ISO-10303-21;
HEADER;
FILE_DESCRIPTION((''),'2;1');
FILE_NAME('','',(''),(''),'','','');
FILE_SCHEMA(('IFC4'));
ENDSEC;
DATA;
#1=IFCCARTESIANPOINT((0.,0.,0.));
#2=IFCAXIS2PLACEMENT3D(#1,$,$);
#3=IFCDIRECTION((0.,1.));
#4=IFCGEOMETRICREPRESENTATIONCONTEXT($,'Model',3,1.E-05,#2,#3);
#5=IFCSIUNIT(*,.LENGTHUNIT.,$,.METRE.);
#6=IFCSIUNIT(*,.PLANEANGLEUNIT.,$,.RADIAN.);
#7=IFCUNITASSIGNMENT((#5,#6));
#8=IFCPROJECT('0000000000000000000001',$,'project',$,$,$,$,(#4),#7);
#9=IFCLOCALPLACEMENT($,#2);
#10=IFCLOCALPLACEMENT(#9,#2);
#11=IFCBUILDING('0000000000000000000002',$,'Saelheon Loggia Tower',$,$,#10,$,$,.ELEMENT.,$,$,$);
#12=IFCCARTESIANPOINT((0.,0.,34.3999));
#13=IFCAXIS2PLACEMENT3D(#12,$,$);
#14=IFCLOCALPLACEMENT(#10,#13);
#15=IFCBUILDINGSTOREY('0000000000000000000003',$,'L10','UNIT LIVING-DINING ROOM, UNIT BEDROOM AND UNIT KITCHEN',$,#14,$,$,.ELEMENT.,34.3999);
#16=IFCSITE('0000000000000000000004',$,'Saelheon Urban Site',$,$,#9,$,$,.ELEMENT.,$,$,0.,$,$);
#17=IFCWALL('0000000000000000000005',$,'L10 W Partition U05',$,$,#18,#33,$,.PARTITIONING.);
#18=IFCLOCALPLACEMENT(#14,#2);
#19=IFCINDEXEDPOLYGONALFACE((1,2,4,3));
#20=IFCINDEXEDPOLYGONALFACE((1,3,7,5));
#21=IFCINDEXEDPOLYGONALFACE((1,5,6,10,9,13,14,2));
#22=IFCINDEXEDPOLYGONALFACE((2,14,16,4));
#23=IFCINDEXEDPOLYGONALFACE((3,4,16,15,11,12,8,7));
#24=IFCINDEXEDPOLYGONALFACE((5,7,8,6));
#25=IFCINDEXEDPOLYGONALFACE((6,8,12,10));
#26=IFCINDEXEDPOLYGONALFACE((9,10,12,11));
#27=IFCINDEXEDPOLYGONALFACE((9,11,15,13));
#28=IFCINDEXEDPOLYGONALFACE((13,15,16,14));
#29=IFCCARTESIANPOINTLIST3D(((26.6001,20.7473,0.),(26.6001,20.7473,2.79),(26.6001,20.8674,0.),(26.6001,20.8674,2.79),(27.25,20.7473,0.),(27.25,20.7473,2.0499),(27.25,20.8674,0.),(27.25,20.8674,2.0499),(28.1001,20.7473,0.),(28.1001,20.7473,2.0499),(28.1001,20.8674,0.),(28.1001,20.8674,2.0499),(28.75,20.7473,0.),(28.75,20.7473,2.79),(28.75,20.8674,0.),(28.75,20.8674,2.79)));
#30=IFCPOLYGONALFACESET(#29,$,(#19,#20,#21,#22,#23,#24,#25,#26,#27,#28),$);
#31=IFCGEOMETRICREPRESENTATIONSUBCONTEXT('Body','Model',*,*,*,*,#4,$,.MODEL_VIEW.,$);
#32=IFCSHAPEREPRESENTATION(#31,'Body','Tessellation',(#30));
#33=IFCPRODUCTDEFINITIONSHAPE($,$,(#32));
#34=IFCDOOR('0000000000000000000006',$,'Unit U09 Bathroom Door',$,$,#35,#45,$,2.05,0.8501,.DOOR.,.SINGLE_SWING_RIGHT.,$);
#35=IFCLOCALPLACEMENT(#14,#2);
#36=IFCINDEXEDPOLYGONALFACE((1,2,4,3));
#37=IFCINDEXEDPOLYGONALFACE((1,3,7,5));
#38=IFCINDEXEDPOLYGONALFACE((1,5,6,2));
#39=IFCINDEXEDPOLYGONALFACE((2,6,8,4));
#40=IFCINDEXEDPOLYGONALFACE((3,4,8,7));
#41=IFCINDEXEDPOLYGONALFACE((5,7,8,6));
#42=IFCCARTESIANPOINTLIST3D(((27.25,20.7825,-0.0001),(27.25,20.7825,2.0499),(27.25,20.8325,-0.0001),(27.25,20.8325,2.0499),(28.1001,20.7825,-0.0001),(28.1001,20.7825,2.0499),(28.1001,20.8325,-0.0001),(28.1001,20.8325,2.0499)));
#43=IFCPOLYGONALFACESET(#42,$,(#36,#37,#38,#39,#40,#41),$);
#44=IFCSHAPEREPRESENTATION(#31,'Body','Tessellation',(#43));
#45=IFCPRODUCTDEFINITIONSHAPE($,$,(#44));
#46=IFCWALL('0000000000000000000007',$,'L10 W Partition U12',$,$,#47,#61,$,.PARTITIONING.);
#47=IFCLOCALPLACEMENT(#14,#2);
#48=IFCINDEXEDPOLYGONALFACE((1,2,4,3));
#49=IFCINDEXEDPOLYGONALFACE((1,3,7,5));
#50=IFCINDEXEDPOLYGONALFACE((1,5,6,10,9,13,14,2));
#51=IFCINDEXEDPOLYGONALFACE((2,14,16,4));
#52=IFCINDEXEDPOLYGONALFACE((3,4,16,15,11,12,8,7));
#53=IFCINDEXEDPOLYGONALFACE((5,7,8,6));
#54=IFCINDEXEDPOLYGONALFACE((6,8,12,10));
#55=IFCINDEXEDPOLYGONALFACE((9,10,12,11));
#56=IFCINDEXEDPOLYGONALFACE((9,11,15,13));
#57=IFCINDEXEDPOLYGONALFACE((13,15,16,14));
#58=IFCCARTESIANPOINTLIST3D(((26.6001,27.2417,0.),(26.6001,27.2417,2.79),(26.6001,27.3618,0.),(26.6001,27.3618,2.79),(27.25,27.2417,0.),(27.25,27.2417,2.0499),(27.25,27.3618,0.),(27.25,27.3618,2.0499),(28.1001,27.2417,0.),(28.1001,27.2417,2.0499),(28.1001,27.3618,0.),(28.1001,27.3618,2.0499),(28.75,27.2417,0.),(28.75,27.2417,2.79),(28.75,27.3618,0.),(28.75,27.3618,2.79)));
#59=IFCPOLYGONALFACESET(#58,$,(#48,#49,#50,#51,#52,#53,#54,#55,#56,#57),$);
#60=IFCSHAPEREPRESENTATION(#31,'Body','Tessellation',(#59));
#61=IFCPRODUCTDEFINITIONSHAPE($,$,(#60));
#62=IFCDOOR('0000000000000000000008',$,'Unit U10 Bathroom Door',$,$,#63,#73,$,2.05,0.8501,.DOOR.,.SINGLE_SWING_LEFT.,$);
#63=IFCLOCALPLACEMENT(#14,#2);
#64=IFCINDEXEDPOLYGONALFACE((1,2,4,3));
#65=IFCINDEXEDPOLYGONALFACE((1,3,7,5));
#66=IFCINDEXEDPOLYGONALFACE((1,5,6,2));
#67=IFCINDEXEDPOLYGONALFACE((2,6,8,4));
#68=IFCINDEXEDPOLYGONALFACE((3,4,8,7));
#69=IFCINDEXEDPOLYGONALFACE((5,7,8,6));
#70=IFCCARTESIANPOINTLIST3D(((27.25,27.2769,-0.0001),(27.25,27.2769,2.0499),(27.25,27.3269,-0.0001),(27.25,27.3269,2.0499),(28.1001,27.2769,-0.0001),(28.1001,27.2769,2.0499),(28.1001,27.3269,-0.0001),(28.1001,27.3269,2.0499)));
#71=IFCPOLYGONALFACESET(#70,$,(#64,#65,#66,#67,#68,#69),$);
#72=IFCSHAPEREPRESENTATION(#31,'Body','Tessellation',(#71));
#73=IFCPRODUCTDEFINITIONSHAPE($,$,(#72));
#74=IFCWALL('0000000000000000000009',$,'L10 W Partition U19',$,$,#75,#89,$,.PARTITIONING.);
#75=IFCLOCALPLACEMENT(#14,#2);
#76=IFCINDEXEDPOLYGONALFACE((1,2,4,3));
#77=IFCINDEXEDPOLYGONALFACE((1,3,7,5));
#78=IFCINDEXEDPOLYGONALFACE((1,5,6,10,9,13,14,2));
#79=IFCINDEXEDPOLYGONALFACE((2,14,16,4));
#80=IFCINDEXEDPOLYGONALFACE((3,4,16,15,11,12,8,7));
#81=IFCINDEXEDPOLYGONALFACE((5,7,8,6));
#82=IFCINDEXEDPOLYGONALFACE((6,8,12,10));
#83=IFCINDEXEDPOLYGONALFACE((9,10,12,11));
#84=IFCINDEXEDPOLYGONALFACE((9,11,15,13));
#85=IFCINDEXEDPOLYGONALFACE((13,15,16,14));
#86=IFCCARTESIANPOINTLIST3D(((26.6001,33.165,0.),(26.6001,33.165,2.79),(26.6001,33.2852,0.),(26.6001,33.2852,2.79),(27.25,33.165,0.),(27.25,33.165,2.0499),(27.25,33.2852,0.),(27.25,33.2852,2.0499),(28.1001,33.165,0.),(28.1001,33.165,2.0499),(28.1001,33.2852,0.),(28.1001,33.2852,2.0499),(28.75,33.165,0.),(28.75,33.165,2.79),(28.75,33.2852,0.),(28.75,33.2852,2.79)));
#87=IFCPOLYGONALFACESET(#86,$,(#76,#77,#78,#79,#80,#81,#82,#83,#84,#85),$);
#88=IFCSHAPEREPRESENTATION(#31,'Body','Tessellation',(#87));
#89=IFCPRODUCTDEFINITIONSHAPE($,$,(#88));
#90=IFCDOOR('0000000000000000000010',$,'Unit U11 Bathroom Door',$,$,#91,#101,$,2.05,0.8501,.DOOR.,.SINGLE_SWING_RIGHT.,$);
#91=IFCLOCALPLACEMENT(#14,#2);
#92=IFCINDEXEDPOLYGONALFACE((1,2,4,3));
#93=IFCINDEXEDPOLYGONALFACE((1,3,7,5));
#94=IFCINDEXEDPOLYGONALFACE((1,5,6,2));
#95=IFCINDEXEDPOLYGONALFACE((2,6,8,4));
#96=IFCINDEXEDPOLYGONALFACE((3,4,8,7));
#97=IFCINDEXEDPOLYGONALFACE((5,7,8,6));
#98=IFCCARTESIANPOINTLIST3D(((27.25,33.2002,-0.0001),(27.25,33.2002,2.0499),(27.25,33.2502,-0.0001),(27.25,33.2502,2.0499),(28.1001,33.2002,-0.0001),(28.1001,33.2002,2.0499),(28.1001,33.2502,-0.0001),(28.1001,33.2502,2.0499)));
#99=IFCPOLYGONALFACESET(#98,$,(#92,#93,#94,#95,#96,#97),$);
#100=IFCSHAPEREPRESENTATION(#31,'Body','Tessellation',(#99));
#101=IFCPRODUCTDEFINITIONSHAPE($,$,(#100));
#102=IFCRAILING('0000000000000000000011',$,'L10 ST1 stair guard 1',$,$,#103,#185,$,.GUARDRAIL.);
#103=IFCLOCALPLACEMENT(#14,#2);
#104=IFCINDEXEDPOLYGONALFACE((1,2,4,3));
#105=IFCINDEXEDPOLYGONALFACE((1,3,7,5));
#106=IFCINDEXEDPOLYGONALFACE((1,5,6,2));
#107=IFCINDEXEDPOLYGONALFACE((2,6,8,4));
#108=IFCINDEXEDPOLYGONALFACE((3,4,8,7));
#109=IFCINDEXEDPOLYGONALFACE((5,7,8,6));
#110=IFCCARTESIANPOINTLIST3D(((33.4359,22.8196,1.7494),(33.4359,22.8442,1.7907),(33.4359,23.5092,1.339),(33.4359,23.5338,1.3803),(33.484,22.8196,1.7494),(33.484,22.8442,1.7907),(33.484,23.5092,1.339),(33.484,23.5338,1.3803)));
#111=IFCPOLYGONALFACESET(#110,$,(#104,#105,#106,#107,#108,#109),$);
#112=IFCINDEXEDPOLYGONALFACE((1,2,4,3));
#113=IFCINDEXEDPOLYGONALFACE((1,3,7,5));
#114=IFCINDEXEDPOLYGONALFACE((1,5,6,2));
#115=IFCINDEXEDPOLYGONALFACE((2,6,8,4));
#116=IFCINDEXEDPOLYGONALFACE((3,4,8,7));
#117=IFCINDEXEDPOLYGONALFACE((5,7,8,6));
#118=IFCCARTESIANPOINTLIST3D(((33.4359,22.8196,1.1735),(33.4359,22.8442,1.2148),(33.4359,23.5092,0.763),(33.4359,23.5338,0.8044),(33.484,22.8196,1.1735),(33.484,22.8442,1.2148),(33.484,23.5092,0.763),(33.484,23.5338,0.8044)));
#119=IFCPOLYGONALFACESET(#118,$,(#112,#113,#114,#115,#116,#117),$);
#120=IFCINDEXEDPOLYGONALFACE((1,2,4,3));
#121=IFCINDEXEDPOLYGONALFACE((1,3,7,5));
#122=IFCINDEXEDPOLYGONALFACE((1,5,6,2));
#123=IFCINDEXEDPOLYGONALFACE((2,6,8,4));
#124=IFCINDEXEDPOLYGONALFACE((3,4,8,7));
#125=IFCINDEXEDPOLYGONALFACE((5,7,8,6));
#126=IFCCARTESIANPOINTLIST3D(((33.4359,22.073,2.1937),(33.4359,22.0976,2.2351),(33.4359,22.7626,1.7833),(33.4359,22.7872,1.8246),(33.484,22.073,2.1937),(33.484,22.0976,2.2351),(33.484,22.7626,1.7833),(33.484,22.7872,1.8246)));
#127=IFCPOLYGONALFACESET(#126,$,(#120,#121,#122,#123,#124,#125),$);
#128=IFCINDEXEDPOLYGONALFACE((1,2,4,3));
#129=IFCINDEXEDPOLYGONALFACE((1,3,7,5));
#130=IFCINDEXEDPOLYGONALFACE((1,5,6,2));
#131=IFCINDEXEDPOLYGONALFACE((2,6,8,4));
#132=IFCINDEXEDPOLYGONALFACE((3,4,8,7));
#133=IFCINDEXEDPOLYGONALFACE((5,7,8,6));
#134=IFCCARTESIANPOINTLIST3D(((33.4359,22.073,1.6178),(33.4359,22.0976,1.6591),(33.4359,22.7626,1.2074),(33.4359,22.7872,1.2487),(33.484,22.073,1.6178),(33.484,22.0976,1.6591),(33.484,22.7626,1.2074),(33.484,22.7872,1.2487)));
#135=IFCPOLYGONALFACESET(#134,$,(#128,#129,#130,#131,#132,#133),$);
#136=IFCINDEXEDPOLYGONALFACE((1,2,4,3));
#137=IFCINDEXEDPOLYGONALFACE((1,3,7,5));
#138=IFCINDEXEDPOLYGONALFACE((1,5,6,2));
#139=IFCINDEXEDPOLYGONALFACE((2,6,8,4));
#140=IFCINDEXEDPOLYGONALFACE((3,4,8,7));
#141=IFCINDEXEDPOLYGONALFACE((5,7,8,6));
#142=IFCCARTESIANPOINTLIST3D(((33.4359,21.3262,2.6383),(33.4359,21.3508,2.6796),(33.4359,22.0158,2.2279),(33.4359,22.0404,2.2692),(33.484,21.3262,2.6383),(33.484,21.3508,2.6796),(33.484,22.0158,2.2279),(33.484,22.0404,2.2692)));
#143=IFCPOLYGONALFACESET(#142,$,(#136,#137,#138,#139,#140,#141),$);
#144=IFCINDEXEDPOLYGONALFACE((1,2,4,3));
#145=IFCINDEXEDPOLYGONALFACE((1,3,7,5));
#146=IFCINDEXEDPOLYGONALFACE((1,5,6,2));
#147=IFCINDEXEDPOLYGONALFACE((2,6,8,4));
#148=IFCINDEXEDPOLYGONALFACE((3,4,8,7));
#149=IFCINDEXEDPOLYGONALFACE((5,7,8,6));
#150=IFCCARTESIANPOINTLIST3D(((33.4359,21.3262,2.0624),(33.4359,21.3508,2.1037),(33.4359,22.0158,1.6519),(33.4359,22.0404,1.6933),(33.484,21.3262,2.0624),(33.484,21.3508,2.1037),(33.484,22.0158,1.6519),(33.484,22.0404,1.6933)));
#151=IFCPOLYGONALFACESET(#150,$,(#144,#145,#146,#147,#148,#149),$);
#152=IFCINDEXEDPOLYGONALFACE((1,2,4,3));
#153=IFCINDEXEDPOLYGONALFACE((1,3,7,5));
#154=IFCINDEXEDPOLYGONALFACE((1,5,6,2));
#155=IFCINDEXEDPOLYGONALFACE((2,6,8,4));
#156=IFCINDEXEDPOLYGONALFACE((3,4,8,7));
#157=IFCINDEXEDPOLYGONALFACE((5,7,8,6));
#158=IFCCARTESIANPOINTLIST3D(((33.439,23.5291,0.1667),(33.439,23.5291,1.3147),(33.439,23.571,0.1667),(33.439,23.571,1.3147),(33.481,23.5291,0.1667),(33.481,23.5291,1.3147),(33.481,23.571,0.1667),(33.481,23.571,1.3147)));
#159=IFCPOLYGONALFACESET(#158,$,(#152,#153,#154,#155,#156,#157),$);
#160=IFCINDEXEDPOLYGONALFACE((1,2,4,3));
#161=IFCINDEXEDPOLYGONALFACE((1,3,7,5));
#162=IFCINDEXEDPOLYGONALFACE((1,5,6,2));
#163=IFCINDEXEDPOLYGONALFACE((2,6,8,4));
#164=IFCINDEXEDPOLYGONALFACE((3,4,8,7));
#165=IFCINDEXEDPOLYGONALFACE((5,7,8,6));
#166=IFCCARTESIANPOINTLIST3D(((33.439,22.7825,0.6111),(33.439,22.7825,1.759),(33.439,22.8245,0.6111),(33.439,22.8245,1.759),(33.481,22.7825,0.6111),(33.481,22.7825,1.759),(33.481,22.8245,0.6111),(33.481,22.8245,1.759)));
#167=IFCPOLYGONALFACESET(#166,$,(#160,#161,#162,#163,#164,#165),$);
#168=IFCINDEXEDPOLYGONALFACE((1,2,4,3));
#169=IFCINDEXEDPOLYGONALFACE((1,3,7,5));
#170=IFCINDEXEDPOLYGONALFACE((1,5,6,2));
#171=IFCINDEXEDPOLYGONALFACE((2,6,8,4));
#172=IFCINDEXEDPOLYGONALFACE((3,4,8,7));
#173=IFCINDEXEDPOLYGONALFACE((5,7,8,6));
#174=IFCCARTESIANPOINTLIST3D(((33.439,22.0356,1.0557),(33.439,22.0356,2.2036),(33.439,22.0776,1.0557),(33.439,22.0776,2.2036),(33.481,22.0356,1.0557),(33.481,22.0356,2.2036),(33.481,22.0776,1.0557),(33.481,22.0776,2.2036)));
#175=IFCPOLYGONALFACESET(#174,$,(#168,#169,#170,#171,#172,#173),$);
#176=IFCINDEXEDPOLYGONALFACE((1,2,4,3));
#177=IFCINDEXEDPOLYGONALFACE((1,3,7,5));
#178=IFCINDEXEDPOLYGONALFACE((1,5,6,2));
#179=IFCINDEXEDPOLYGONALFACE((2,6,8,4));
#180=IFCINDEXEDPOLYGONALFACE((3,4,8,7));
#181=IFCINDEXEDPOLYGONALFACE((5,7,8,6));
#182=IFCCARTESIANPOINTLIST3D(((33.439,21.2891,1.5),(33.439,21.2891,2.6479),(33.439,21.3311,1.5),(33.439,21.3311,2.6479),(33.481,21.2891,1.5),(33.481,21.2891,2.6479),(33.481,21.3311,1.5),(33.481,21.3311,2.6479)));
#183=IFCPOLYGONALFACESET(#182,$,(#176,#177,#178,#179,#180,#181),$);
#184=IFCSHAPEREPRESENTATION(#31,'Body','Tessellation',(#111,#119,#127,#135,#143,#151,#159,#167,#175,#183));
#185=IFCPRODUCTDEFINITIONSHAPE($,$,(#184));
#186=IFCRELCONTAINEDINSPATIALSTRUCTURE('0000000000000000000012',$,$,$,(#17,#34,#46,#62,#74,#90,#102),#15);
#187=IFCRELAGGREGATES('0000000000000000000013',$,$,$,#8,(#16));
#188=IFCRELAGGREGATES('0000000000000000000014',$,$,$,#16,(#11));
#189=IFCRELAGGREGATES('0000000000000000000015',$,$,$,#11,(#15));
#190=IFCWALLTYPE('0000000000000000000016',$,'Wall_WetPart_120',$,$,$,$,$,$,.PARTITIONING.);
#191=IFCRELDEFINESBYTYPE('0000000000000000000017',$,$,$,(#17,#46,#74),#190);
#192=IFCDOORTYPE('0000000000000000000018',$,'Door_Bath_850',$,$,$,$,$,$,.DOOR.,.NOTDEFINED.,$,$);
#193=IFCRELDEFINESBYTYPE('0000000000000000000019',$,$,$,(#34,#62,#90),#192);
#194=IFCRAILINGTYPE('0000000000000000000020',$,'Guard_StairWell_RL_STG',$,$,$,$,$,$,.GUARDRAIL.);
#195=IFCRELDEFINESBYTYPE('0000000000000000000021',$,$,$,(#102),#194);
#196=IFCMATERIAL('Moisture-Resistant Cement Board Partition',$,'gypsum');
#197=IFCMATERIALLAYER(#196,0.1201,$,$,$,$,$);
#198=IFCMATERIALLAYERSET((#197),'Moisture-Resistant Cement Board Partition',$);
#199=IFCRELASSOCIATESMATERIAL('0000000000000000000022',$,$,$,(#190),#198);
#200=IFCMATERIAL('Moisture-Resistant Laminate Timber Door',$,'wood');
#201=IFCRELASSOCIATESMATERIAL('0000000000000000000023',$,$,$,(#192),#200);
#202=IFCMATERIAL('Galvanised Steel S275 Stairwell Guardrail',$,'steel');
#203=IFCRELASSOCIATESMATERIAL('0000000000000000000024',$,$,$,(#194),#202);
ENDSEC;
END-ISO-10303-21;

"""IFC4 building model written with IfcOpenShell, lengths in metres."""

from ifc_helpers import new_model, si_unit, direction, frame, frame_2d, origin, origin_2d, place, context, subcontext, project, spatial, rectangle, extrude, source, transform, mapped, material, layer, layer_set, type_object, element, fill, save


model = new_model("IFC4")

# Units and contexts
model_context = context("Model", 3, precision=1e-05, world=origin(), true_north=direction((0.0, 1.0)))
body_context = subcontext(model_context, "Body", "Model", "MODEL_VIEW")
ifc_project = project(units=[si_unit("LENGTHUNIT", "METRE"), si_unit("PLANEANGLEUNIT", "RADIAN")], contexts=[model_context])

# Site, building, storey
site_placement = place(None, origin())
site = spatial("IfcSite", under=ifc_project, at=site_placement, Name="Saelheon Urban Site", CompositionType="ELEMENT", RefElevation=0.0)
building_placement = place(site_placement, origin())
building = spatial("IfcBuilding", under=site, at=building_placement, Name="Saelheon Loggia Tower", CompositionType="ELEMENT")
storey_placement = place(building_placement, frame((0.0, 0.0, 34.3999)))
storey = spatial("IfcBuildingStorey", under=building, at=storey_placement, Name="L10", Description="UNIT LIVING-DINING ROOM, UNIT BEDROOM AND UNIT KITCHEN", CompositionType="ELEMENT", Elevation=34.3999)

# Walls, openings, doors
ifc_material_1 = material(Name="Moisture-Resistant Cement Board Partition", Category="gypsum")
ifc_layer_1 = layer(ifc_material_1, 0.1201)
ifc_layer_set_1 = layer_set([ifc_layer_1], Name="Moisture-Resistant Cement Board Partition")
wall_type_1 = type_object("IfcWallType", Name="Wall_WetPart_120", PredefinedType="PARTITIONING", material=ifc_layer_set_1)
wall_1_placement = place(storey_placement, frame((28.75, 20.8074, 0.0), z_axis=(0.0, 0.0, 1.0), x_axis=(-1.0, 0.0, 0.0)))
wall_1 = element("IfcWall", 1, at=wall_1_placement, inside=storey, type_object=wall_type_1, Name="L10 W Partition U05", PredefinedType="PARTITIONING", context=body_context, shape_type="SweptSolid", body=[
    extrude(rectangle(XDim=2.1499, YDim=0.1201, at=frame_2d((1.075, 0.0))), origin(), (0.0, 0.0, 1.0), 2.79),
])
opening_1_placement = place(wall_1_placement, frame((0.6499, 0.0, 0.0)))
opening_1 = element("IfcOpeningElement", 2, at=opening_1_placement, cuts=wall_1, PredefinedType="OPENING", context=body_context, shape_type="SweptSolid", body=[
    extrude(rectangle(XDim=0.8501, YDim=2.05, at=frame_2d((0.425, 1.0249))), frame((0.0, 0.072, 0.0), z_axis=(0.0, -1.0, 0.0), x_axis=(1.0, 0.0, 0.0)), (0.0, 0.0, 1.0), 0.144),
])
ifc_material_2 = material(Name="Moisture-Resistant Laminate Timber Door", Category="wood")
door_type_1 = type_object("IfcDoorType", Name="Door_Bath_850", OperationType="NOTDEFINED", PredefinedType="DOOR", material=ifc_material_2)
shared_shape_1 = source(origin(), body_context, "Body", "SweptSolid", [
    extrude(rectangle(XDim=0.8501, YDim=2.05, at=frame_2d((0.425, 1.0249))), frame((0.0, 0.0249, 0.0), z_axis=(0.0, -1.0, 0.0), x_axis=(1.0, 0.0, 0.0)), (0.0, 0.0, 1.0), 0.05),
])
door_1_placement = place(opening_1_placement, origin())
door_1 = element("IfcDoor", 3, at=door_1_placement, inside=storey, type_object=door_type_1, Name="Unit U09 Bathroom Door", OperationType="SINGLE_SWING_RIGHT", OverallHeight=2.05, OverallWidth=0.8501, PredefinedType="DOOR", context=body_context, shape_type="MappedRepresentation", body=[
    mapped(shared_shape_1, transform((0.0, 0.0, 0.0), scale=1.0)),
])
fill(opening_1, door_1)
wall_2_placement = place(storey_placement, frame((28.75, 27.3018, 0.0), z_axis=(0.0, 0.0, 1.0), x_axis=(-1.0, 0.0, 0.0)))
wall_2 = element("IfcWall", 4, at=wall_2_placement, inside=storey, type_object=wall_type_1, Name="L10 W Partition U12", PredefinedType="PARTITIONING", context=body_context, shape_type="SweptSolid", body=[
    extrude(rectangle(XDim=2.1499, YDim=0.1201, at=frame_2d((1.075, 0.0))), origin(), (0.0, 0.0, 1.0), 2.79),
])
opening_2_placement = place(wall_2_placement, frame((0.6499, 0.0, 0.0)))
opening_2 = element("IfcOpeningElement", 5, at=opening_2_placement, cuts=wall_2, PredefinedType="OPENING", context=body_context, shape_type="SweptSolid", body=[
    extrude(rectangle(XDim=0.8501, YDim=2.05, at=frame_2d((0.425, 1.0249))), frame((0.0, 0.072, 0.0), z_axis=(0.0, -1.0, 0.0), x_axis=(1.0, 0.0, 0.0)), (0.0, 0.0, 1.0), 0.144),
])
door_2_placement = place(opening_2_placement, origin())
door_2 = element("IfcDoor", 6, at=door_2_placement, inside=storey, type_object=door_type_1, Name="Unit U10 Bathroom Door", OperationType="SINGLE_SWING_LEFT", OverallHeight=2.05, OverallWidth=0.8501, PredefinedType="DOOR", context=body_context, shape_type="MappedRepresentation", body=[
    mapped(shared_shape_1, transform((0.0, 0.0, 0.0), scale=1.0)),
])
fill(opening_2, door_2)
wall_3_placement = place(storey_placement, frame((28.75, 33.2251, 0.0), z_axis=(0.0, 0.0, 1.0), x_axis=(-1.0, 0.0, 0.0)))
wall_3 = element("IfcWall", 7, at=wall_3_placement, inside=storey, type_object=wall_type_1, Name="L10 W Partition U19", PredefinedType="PARTITIONING", context=body_context, shape_type="SweptSolid", body=[
    extrude(rectangle(XDim=2.1499, YDim=0.1201, at=frame_2d((1.075, 0.0))), origin(), (0.0, 0.0, 1.0), 2.79),
])
opening_3_placement = place(wall_3_placement, frame((0.6499, 0.0, 0.0)))
opening_3 = element("IfcOpeningElement", 8, at=opening_3_placement, cuts=wall_3, PredefinedType="OPENING", context=body_context, shape_type="SweptSolid", body=[
    extrude(rectangle(XDim=0.8501, YDim=2.05, at=frame_2d((0.425, 1.0249))), frame((0.0, 0.072, 0.0), z_axis=(0.0, -1.0, 0.0), x_axis=(1.0, 0.0, 0.0)), (0.0, 0.0, 1.0), 0.144),
])
door_3_placement = place(opening_3_placement, origin())
door_3 = element("IfcDoor", 9, at=door_3_placement, inside=storey, type_object=door_type_1, Name="Unit U11 Bathroom Door", OperationType="SINGLE_SWING_RIGHT", OverallHeight=2.05, OverallWidth=0.8501, PredefinedType="DOOR", context=body_context, shape_type="MappedRepresentation", body=[
    mapped(shared_shape_1, transform((0.0, 0.0, 0.0), scale=1.0)),
])
fill(opening_3, door_3)

# Railing
ifc_material_3 = material(Name="Galvanised Steel S275 Stairwell Guardrail", Category="steel")
railing_type_1 = type_object("IfcRailingType", Name="Guard_StairWell_RL_STG", PredefinedType="GUARDRAIL", material=ifc_material_3)
railing_1_placement = place(storey_placement, frame((33.46, 23.55, 0.1667)))
element("IfcRailing", 10, at=railing_1_placement, inside=storey, type_object=railing_type_1, Name="L10 ST1 stair guard 1", PredefinedType="GUARDRAIL", context=body_context, shape_type="SweptSolid", body=[
    extrude(rectangle(XDim=0.0481, YDim=0.0481, at=origin_2d()), frame((0.0, -0.0286, 1.1929), z_axis=(0.0, -0.859306, 0.511462), x_axis=(1.0, 0.0, 0.0)), (0.0, 0.0, 1.0), 0.8025),
    extrude(rectangle(XDim=0.0481, YDim=0.0481, at=origin_2d()), frame((0.0, -0.0286, 0.6169), z_axis=(0.0, -0.859306, 0.511462), x_axis=(1.0, 0.0, 0.0)), (0.0, 0.0, 1.0), 0.8025),
    extrude(rectangle(XDim=0.0481, YDim=0.0481, at=origin_2d()), frame((0.0, -0.7751, 1.6372), z_axis=(0.0, -0.859306, 0.511462), x_axis=(1.0, 0.0, 0.0)), (0.0, 0.0, 1.0), 0.8025),
    extrude(rectangle(XDim=0.0481, YDim=0.0481, at=origin_2d()), frame((0.0, -0.7751, 1.0613), z_axis=(0.0, -0.859306, 0.511462), x_axis=(1.0, 0.0, 0.0)), (0.0, 0.0, 1.0), 0.8025),
    extrude(rectangle(XDim=0.0481, YDim=0.0481, at=origin_2d()), frame((0.0, -1.522, 2.0818), z_axis=(0.0, -0.859306, 0.511462), x_axis=(1.0, 0.0, 0.0)), (0.0, 0.0, 1.0), 0.8025),
    extrude(rectangle(XDim=0.0481, YDim=0.0481, at=origin_2d()), frame((0.0, -1.522, 1.5059), z_axis=(0.0, -0.859306, 0.511462), x_axis=(1.0, 0.0, 0.0)), (0.0, 0.0, 1.0), 0.8025),
    extrude(rectangle(XDim=0.042, YDim=0.042, at=origin_2d()), origin(), (0.0, 0.0, 1.0), 1.1479),
    extrude(rectangle(XDim=0.042, YDim=0.042, at=origin_2d()), frame((0.0, -0.7466, 0.4443)), (0.0, 0.0, 1.0), 1.1479),
    extrude(rectangle(XDim=0.042, YDim=0.042, at=origin_2d()), frame((0.0, -1.4934, 0.8889)), (0.0, 0.0, 1.0), 1.1479),
    extrude(rectangle(XDim=0.042, YDim=0.042, at=origin_2d()), frame((0.0, -2.24, 1.3333)), (0.0, 0.0, 1.0), 1.1479),
])

save(model, "model.ifc")
